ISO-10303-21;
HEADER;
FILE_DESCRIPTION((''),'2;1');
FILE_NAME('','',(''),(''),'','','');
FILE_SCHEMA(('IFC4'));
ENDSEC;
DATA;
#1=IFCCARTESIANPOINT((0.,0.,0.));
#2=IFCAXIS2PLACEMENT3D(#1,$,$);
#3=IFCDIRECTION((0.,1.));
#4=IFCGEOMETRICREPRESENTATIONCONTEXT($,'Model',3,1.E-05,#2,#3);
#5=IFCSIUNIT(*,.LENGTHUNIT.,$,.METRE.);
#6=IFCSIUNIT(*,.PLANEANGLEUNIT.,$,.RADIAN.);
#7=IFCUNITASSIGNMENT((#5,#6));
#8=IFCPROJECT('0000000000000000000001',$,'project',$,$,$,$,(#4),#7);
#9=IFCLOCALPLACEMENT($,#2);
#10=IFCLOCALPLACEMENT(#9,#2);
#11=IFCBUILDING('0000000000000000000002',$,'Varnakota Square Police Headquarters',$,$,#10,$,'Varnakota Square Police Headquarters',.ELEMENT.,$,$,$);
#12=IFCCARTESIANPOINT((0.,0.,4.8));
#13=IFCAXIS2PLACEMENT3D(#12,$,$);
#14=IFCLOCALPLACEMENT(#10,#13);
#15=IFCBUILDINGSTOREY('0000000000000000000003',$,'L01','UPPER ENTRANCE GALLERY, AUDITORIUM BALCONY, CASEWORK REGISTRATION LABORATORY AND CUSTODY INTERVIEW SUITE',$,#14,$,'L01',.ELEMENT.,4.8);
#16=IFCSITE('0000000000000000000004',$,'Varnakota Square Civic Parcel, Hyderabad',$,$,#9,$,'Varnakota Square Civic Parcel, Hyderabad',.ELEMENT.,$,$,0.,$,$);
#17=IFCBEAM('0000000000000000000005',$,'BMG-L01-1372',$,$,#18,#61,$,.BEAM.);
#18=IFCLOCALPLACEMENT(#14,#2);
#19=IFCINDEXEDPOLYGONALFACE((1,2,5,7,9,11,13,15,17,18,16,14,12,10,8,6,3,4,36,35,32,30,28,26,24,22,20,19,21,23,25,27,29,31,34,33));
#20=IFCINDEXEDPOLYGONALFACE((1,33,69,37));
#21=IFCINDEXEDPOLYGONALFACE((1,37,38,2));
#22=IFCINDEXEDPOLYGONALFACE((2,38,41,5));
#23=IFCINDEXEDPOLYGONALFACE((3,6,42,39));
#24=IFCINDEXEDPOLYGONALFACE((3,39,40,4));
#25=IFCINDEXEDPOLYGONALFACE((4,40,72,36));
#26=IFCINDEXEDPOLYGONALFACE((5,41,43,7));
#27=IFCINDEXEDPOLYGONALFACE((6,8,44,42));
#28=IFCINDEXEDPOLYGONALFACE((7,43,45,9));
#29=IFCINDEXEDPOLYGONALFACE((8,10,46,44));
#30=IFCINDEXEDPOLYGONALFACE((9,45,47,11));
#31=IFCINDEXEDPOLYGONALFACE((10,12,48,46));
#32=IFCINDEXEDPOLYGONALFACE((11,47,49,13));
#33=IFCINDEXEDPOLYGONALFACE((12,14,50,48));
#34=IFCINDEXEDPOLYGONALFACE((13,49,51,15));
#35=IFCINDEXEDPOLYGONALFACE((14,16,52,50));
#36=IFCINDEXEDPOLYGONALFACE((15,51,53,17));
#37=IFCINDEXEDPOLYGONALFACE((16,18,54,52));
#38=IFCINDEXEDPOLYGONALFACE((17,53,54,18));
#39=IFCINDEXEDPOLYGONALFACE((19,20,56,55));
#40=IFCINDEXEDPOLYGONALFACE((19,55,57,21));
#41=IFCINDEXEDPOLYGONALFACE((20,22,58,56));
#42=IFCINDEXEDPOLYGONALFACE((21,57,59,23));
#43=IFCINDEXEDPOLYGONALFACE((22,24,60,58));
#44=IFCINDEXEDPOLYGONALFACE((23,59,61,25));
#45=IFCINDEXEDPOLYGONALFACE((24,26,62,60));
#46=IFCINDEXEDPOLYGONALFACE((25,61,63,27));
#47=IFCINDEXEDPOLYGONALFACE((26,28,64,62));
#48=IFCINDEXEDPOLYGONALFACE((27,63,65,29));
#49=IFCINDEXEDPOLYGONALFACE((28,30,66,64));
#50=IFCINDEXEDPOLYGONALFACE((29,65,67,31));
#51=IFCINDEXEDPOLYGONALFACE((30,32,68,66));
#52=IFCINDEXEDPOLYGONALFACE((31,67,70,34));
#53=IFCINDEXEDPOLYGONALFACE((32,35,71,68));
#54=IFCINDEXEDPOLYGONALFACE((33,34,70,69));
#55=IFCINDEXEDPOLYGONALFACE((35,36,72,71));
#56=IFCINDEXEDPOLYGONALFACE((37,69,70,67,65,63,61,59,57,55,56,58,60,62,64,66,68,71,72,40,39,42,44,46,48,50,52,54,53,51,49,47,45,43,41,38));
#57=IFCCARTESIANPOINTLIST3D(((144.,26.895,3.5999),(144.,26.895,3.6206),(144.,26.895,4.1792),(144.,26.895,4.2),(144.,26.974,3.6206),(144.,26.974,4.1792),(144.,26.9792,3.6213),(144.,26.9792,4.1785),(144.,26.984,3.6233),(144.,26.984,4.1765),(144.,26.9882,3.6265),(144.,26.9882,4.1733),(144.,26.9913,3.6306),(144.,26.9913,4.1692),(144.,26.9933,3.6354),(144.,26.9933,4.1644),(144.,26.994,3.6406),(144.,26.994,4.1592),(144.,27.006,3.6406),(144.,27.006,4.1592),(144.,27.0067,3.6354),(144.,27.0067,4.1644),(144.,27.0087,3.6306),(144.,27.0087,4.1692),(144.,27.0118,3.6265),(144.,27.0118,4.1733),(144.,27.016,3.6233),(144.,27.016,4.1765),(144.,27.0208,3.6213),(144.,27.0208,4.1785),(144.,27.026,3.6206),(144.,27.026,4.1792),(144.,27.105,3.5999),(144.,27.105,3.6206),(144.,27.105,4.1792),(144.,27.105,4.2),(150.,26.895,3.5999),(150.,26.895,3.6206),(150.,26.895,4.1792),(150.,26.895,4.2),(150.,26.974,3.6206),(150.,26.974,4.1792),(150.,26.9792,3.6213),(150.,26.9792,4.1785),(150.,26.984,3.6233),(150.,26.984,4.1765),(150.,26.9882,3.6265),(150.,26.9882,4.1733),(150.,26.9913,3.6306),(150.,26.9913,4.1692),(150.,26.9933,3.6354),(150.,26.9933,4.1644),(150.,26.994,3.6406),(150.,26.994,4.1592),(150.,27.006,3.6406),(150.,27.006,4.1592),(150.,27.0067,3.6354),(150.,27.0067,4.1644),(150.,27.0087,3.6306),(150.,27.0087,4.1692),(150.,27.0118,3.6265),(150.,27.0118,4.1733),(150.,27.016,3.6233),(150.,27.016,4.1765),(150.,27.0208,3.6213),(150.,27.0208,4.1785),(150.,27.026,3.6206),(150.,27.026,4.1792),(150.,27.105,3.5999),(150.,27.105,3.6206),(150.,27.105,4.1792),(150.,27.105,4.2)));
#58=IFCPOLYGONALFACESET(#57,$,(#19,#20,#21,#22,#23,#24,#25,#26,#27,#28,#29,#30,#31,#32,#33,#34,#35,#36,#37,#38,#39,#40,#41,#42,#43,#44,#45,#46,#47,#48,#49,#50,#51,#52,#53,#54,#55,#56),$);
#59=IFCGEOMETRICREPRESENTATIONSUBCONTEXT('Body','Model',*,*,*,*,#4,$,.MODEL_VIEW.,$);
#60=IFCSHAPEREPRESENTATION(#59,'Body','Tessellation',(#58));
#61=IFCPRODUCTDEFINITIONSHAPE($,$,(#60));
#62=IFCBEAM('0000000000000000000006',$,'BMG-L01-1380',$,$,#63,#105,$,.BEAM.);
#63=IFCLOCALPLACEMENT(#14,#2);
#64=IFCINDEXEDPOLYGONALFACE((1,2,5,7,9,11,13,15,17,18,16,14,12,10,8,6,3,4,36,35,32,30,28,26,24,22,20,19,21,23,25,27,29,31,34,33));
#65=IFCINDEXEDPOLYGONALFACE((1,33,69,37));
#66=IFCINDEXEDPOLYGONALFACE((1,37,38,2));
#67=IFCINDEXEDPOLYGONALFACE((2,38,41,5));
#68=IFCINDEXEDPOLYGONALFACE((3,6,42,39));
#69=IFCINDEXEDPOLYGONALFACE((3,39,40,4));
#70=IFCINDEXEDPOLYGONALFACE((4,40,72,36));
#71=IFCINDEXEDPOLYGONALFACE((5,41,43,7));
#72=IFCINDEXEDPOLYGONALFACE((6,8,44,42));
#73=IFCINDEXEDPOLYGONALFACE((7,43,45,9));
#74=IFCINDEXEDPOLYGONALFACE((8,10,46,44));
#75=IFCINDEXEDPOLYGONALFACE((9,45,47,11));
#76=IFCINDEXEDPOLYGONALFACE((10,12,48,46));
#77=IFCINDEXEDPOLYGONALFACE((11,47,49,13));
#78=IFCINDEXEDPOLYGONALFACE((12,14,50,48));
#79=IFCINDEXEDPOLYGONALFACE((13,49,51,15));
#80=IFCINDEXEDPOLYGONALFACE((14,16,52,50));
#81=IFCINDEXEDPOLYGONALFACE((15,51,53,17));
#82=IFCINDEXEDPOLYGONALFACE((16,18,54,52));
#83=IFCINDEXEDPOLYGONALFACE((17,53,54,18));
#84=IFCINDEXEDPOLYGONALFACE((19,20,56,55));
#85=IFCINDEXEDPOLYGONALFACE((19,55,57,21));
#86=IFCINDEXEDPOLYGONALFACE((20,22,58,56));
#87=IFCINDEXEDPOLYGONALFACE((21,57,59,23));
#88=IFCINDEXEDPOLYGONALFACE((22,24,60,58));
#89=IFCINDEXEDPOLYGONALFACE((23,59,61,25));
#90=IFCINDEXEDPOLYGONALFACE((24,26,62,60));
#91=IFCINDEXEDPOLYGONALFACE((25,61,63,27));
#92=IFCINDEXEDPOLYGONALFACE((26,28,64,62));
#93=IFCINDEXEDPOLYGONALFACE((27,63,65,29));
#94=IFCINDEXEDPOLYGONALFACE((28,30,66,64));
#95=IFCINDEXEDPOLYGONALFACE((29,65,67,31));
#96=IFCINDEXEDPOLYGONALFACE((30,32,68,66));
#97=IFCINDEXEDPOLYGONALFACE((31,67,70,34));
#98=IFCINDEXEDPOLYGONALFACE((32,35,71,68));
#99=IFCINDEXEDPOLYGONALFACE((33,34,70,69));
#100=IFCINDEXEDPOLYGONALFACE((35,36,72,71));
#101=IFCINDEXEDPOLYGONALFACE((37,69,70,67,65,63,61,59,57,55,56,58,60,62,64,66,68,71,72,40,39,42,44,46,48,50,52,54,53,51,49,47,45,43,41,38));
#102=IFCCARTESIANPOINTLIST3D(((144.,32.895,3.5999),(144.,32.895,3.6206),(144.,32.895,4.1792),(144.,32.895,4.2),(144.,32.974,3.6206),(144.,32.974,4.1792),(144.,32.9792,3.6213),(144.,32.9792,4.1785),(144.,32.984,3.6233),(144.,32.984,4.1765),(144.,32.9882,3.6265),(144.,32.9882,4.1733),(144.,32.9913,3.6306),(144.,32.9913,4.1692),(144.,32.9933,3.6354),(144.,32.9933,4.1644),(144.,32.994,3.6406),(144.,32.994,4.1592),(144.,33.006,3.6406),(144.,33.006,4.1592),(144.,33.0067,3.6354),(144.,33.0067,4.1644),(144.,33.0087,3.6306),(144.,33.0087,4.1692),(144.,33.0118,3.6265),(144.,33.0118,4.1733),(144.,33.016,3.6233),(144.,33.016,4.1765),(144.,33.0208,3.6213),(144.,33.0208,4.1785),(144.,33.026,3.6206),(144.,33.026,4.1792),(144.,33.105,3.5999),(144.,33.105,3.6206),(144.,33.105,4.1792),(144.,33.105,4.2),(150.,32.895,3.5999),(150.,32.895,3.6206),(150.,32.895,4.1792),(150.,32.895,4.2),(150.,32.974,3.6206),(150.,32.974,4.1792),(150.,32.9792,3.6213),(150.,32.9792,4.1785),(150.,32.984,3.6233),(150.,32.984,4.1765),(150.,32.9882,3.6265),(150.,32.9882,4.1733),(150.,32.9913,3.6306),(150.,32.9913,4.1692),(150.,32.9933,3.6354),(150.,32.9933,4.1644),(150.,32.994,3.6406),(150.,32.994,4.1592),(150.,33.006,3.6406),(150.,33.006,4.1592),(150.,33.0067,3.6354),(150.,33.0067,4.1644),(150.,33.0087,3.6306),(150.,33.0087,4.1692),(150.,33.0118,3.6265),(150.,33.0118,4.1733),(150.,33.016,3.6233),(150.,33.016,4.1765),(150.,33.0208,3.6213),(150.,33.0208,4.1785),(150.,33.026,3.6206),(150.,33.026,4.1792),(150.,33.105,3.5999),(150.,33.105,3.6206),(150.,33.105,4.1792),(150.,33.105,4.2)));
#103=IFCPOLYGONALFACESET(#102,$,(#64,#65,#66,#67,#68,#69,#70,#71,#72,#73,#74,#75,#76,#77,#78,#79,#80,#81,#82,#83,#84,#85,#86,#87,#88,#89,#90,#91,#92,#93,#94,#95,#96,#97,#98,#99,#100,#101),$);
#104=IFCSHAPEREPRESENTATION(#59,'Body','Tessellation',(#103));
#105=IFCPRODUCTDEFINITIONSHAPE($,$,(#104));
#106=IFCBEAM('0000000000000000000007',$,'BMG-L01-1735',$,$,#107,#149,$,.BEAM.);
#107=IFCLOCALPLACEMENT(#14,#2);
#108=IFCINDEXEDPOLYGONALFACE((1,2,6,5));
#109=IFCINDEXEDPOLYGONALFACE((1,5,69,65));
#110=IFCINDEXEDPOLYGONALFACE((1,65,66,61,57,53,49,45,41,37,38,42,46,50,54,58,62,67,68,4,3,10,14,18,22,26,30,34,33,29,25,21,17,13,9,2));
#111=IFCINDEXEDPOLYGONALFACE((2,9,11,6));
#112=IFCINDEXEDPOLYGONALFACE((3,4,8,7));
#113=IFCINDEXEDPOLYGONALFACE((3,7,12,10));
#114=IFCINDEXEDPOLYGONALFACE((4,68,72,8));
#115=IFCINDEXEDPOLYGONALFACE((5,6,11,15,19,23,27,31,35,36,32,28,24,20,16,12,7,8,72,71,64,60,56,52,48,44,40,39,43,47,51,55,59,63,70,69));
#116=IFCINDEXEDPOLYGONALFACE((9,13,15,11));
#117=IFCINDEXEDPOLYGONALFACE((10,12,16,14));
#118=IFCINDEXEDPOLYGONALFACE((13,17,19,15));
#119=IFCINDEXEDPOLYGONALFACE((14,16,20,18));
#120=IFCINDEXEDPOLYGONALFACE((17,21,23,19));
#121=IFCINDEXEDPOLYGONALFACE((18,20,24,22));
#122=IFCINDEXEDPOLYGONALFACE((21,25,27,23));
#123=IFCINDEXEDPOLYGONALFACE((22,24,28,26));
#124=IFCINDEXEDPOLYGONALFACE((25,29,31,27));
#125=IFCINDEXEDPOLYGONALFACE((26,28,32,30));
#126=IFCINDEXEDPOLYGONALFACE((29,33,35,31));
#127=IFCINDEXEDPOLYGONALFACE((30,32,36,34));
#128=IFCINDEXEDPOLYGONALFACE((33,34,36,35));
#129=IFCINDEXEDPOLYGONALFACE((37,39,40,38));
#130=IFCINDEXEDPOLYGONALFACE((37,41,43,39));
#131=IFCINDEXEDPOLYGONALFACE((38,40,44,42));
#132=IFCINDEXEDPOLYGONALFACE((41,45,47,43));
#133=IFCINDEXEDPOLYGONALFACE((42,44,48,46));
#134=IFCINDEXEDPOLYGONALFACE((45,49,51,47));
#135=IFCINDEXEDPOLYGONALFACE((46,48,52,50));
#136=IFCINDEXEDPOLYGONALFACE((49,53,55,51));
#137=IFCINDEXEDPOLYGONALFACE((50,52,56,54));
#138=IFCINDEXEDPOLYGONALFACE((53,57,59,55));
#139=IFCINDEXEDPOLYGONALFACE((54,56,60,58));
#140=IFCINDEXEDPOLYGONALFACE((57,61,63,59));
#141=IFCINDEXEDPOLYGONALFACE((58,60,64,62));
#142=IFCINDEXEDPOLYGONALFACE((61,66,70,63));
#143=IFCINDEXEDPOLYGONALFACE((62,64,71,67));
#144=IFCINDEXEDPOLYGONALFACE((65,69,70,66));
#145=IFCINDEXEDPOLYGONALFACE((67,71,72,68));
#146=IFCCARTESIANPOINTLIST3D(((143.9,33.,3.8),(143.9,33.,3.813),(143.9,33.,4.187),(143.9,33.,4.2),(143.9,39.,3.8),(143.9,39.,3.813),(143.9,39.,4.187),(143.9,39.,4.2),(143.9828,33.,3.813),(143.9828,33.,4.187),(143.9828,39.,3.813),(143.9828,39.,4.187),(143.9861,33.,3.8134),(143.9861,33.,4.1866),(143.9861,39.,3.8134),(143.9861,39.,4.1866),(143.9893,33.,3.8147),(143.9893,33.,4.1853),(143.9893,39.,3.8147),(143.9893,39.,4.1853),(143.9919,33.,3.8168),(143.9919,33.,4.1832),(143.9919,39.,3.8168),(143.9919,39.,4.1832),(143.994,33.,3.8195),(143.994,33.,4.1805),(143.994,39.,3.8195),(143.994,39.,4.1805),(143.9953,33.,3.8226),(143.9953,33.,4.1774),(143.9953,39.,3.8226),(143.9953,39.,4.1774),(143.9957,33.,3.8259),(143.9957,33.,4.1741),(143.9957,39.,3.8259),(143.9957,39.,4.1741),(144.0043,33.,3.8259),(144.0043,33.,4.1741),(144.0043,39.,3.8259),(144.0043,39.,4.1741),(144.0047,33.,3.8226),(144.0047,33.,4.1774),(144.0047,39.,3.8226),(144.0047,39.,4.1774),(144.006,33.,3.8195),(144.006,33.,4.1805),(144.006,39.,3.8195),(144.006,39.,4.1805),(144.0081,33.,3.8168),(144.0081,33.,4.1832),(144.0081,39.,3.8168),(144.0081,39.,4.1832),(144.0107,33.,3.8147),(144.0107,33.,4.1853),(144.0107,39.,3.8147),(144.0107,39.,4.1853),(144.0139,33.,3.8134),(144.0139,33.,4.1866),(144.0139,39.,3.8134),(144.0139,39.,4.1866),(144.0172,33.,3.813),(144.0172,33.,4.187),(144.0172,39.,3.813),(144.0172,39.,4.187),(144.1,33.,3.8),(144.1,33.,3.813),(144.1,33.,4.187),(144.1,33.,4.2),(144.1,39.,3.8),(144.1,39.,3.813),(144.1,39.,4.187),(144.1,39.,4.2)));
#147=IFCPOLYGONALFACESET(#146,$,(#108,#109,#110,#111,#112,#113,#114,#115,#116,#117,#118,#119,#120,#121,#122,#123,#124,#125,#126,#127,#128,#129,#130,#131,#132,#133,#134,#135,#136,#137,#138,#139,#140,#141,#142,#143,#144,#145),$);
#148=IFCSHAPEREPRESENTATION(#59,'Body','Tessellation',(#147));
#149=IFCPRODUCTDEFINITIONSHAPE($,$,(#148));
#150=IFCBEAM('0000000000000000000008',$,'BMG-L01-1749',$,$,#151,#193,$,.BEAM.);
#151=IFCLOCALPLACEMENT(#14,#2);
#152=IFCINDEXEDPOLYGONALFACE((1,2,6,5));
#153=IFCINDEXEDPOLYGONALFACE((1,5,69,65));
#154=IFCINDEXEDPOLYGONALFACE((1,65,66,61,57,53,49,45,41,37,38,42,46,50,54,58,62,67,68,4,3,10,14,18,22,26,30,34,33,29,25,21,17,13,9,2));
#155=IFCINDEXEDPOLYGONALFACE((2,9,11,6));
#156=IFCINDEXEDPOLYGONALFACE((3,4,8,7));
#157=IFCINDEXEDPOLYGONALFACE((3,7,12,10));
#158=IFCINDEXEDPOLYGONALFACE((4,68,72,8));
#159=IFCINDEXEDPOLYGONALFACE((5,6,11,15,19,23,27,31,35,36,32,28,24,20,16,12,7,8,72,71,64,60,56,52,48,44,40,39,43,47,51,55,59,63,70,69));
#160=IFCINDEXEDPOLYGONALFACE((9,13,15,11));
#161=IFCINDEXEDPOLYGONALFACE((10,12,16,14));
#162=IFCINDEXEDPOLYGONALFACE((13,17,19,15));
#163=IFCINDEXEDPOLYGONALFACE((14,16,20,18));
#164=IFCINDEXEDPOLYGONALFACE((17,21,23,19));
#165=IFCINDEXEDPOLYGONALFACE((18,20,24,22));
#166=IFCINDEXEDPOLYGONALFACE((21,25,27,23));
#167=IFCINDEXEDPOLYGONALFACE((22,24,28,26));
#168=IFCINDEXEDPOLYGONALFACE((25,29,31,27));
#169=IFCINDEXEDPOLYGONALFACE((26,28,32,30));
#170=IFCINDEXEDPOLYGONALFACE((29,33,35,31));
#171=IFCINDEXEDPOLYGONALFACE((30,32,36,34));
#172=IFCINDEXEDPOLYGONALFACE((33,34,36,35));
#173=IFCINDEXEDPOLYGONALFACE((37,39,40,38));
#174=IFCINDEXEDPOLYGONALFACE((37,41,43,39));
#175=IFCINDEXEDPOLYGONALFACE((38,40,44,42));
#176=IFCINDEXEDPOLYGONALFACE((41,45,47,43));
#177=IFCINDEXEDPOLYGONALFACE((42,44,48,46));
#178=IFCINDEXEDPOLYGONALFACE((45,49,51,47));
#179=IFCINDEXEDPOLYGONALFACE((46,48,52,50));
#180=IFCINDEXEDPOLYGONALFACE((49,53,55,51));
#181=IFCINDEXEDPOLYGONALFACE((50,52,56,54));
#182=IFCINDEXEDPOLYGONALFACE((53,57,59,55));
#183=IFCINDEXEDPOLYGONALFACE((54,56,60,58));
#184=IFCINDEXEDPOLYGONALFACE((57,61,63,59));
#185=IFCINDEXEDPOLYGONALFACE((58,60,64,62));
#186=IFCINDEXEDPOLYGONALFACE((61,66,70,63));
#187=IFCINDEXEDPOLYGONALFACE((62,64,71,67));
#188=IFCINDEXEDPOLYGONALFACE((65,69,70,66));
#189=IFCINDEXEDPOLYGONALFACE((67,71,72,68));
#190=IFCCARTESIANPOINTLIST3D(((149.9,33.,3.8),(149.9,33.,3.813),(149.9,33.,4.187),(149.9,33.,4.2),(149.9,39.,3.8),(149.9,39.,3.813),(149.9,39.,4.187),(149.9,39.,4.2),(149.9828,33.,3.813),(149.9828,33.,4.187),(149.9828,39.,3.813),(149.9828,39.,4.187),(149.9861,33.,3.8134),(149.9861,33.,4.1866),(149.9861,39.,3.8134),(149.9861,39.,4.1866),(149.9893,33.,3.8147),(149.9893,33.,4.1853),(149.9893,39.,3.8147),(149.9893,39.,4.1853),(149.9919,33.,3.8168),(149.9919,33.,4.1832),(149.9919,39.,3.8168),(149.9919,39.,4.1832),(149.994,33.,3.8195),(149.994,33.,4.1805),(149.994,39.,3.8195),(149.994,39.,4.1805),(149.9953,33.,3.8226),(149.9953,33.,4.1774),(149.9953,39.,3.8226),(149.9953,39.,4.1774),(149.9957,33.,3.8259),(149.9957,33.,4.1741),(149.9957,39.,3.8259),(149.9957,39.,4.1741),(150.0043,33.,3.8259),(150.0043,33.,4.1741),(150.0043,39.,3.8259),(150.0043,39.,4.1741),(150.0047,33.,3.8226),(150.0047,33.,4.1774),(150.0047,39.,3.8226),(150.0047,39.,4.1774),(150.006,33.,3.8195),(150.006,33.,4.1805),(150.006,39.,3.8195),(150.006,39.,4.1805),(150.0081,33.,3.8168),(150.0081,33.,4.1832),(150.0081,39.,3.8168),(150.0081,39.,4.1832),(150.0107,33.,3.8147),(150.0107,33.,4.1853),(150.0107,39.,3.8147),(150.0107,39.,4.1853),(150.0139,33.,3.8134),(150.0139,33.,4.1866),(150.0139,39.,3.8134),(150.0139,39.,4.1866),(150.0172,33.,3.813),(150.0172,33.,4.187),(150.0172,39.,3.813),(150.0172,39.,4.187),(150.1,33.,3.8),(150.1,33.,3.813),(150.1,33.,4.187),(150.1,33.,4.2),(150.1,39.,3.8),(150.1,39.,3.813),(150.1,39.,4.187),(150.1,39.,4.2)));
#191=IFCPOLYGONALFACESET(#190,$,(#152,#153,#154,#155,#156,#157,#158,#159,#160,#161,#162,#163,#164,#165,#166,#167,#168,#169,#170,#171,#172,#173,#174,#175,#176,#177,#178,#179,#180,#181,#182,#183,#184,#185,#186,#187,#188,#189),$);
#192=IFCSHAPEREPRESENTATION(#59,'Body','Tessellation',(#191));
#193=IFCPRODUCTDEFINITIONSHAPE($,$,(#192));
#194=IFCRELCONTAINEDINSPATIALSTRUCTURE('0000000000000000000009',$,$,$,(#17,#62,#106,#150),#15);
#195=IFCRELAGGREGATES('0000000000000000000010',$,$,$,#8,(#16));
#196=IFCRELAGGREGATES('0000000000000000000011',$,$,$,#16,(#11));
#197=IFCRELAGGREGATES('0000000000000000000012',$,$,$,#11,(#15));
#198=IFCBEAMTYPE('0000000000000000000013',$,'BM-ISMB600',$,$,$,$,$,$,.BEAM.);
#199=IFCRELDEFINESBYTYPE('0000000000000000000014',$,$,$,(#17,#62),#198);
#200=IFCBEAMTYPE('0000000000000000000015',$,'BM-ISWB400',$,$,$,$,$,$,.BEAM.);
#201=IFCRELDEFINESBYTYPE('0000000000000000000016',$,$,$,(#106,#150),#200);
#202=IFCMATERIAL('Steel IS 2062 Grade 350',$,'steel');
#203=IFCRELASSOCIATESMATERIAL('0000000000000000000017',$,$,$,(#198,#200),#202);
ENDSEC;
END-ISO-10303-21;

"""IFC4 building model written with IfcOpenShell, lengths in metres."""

from ifc_helpers import new_model, si_unit, direction, frame, origin, origin_2d, place, context, subcontext, project, spatial, i_section, extrude, material, material_profile, profile_set, type_object, element, save


model = new_model("IFC4")

# Units and contexts
model_context = context("Model", 3, precision=1e-05, world=origin(), true_north=direction((0.0, 1.0)))
body_context = subcontext(model_context, "Body", "Model", "MODEL_VIEW")
ifc_project = project(units=[si_unit("LENGTHUNIT", "METRE"), si_unit("PLANEANGLEUNIT", "RADIAN")], contexts=[model_context])

# Site, building, storey
site_placement = place(None, origin())
site = spatial("IfcSite", under=ifc_project, at=site_placement, Name="Varnakota Square Civic Parcel, Hyderabad", LongName="Varnakota Square Civic Parcel, Hyderabad", CompositionType="ELEMENT", RefElevation=0.0)
building_placement = place(site_placement, origin())
building = spatial("IfcBuilding", under=site, at=building_placement, Name="Varnakota Square Police Headquarters", LongName="Varnakota Square Police Headquarters", CompositionType="ELEMENT")
storey_placement = place(building_placement, frame((0.0, 0.0, 4.8)))
storey = spatial("IfcBuildingStorey", under=building, at=storey_placement, Name="L01", Description="UPPER ENTRANCE GALLERY, AUDITORIUM BALCONY, CASEWORK REGISTRATION LABORATORY AND CUSTODY INTERVIEW SUITE", LongName="L01", CompositionType="ELEMENT", Elevation=4.8)

# Shared definitions
ifc_material_1 = material(Name="Steel IS 2062 Grade 350", Category="steel")

# Beams
ifc_material_profile_1 = material_profile(ifc_material_1, i_section(OverallWidth=0.21, OverallDepth=0.6001, WebThickness=0.012, FlangeThickness=0.0208, FilletRadius=0.02, at=origin_2d()), Name="ISMB 600")
ifc_profile_set_1 = profile_set([ifc_material_profile_1], Name="Steel IS 2062 Grade 350")
beam_type_1 = type_object("IfcBeamType", Name="BM-ISMB600", PredefinedType="BEAM", material=ifc_profile_set_1)
for number, where, z_axis, x_axis, name in (
    (1, (144.0, 27.0, 3.8999), (1.0, 0.0, 0.0), (0.0, 1.0, 0.0), "BMG-L01-1372"),
    (2, (144.0, 33.0, 3.8999), (1.0, 0.0, 0.0), (0.0, 1.0, 0.0), "BMG-L01-1380"),
):
    element("IfcBeam", number, at=place(storey_placement, frame(where, z_axis=z_axis, x_axis=x_axis)), inside=storey, type_object=beam_type_1, Name=name, PredefinedType="BEAM", context=body_context, shape_type="SweptSolid", body=[
        extrude(i_section(OverallWidth=0.21, OverallDepth=0.6001, WebThickness=0.012, FlangeThickness=0.0208, FilletRadius=0.02, at=origin_2d()), origin(), (0.0, 0.0, 1.0), 6.0),
    ])
ifc_material_profile_2 = material_profile(ifc_material_1, i_section(OverallWidth=0.2, OverallDepth=0.3999, WebThickness=0.0085, FlangeThickness=0.0129, FilletRadius=0.0129, at=origin_2d()), Name="ISWB 400")
ifc_profile_set_2 = profile_set([ifc_material_profile_2], Name="Steel IS 2062 Grade 350")
beam_type_2 = type_object("IfcBeamType", Name="BM-ISWB400", PredefinedType="BEAM", material=ifc_profile_set_2)
for number, where, z_axis, x_axis, name in (
    (3, (144.0, 33.0, 4.0), (0.0, 1.0, 0.0), (-1.0, 0.0, 0.0), "BMG-L01-1735"),
    (4, (150.0, 33.0, 4.0), (0.0, 1.0, 0.0), (-1.0, 0.0, 0.0), "BMG-L01-1749"),
):
    element("IfcBeam", number, at=place(storey_placement, frame(where, z_axis=z_axis, x_axis=x_axis)), inside=storey, type_object=beam_type_2, Name=name, PredefinedType="BEAM", context=body_context, shape_type="SweptSolid", body=[
        extrude(i_section(OverallWidth=0.2, OverallDepth=0.3999, WebThickness=0.0085, FlangeThickness=0.0129, FilletRadius=0.0129, at=origin_2d()), origin(), (0.0, 0.0, 1.0), 6.0),
    ])

save(model, "model.ifc")
